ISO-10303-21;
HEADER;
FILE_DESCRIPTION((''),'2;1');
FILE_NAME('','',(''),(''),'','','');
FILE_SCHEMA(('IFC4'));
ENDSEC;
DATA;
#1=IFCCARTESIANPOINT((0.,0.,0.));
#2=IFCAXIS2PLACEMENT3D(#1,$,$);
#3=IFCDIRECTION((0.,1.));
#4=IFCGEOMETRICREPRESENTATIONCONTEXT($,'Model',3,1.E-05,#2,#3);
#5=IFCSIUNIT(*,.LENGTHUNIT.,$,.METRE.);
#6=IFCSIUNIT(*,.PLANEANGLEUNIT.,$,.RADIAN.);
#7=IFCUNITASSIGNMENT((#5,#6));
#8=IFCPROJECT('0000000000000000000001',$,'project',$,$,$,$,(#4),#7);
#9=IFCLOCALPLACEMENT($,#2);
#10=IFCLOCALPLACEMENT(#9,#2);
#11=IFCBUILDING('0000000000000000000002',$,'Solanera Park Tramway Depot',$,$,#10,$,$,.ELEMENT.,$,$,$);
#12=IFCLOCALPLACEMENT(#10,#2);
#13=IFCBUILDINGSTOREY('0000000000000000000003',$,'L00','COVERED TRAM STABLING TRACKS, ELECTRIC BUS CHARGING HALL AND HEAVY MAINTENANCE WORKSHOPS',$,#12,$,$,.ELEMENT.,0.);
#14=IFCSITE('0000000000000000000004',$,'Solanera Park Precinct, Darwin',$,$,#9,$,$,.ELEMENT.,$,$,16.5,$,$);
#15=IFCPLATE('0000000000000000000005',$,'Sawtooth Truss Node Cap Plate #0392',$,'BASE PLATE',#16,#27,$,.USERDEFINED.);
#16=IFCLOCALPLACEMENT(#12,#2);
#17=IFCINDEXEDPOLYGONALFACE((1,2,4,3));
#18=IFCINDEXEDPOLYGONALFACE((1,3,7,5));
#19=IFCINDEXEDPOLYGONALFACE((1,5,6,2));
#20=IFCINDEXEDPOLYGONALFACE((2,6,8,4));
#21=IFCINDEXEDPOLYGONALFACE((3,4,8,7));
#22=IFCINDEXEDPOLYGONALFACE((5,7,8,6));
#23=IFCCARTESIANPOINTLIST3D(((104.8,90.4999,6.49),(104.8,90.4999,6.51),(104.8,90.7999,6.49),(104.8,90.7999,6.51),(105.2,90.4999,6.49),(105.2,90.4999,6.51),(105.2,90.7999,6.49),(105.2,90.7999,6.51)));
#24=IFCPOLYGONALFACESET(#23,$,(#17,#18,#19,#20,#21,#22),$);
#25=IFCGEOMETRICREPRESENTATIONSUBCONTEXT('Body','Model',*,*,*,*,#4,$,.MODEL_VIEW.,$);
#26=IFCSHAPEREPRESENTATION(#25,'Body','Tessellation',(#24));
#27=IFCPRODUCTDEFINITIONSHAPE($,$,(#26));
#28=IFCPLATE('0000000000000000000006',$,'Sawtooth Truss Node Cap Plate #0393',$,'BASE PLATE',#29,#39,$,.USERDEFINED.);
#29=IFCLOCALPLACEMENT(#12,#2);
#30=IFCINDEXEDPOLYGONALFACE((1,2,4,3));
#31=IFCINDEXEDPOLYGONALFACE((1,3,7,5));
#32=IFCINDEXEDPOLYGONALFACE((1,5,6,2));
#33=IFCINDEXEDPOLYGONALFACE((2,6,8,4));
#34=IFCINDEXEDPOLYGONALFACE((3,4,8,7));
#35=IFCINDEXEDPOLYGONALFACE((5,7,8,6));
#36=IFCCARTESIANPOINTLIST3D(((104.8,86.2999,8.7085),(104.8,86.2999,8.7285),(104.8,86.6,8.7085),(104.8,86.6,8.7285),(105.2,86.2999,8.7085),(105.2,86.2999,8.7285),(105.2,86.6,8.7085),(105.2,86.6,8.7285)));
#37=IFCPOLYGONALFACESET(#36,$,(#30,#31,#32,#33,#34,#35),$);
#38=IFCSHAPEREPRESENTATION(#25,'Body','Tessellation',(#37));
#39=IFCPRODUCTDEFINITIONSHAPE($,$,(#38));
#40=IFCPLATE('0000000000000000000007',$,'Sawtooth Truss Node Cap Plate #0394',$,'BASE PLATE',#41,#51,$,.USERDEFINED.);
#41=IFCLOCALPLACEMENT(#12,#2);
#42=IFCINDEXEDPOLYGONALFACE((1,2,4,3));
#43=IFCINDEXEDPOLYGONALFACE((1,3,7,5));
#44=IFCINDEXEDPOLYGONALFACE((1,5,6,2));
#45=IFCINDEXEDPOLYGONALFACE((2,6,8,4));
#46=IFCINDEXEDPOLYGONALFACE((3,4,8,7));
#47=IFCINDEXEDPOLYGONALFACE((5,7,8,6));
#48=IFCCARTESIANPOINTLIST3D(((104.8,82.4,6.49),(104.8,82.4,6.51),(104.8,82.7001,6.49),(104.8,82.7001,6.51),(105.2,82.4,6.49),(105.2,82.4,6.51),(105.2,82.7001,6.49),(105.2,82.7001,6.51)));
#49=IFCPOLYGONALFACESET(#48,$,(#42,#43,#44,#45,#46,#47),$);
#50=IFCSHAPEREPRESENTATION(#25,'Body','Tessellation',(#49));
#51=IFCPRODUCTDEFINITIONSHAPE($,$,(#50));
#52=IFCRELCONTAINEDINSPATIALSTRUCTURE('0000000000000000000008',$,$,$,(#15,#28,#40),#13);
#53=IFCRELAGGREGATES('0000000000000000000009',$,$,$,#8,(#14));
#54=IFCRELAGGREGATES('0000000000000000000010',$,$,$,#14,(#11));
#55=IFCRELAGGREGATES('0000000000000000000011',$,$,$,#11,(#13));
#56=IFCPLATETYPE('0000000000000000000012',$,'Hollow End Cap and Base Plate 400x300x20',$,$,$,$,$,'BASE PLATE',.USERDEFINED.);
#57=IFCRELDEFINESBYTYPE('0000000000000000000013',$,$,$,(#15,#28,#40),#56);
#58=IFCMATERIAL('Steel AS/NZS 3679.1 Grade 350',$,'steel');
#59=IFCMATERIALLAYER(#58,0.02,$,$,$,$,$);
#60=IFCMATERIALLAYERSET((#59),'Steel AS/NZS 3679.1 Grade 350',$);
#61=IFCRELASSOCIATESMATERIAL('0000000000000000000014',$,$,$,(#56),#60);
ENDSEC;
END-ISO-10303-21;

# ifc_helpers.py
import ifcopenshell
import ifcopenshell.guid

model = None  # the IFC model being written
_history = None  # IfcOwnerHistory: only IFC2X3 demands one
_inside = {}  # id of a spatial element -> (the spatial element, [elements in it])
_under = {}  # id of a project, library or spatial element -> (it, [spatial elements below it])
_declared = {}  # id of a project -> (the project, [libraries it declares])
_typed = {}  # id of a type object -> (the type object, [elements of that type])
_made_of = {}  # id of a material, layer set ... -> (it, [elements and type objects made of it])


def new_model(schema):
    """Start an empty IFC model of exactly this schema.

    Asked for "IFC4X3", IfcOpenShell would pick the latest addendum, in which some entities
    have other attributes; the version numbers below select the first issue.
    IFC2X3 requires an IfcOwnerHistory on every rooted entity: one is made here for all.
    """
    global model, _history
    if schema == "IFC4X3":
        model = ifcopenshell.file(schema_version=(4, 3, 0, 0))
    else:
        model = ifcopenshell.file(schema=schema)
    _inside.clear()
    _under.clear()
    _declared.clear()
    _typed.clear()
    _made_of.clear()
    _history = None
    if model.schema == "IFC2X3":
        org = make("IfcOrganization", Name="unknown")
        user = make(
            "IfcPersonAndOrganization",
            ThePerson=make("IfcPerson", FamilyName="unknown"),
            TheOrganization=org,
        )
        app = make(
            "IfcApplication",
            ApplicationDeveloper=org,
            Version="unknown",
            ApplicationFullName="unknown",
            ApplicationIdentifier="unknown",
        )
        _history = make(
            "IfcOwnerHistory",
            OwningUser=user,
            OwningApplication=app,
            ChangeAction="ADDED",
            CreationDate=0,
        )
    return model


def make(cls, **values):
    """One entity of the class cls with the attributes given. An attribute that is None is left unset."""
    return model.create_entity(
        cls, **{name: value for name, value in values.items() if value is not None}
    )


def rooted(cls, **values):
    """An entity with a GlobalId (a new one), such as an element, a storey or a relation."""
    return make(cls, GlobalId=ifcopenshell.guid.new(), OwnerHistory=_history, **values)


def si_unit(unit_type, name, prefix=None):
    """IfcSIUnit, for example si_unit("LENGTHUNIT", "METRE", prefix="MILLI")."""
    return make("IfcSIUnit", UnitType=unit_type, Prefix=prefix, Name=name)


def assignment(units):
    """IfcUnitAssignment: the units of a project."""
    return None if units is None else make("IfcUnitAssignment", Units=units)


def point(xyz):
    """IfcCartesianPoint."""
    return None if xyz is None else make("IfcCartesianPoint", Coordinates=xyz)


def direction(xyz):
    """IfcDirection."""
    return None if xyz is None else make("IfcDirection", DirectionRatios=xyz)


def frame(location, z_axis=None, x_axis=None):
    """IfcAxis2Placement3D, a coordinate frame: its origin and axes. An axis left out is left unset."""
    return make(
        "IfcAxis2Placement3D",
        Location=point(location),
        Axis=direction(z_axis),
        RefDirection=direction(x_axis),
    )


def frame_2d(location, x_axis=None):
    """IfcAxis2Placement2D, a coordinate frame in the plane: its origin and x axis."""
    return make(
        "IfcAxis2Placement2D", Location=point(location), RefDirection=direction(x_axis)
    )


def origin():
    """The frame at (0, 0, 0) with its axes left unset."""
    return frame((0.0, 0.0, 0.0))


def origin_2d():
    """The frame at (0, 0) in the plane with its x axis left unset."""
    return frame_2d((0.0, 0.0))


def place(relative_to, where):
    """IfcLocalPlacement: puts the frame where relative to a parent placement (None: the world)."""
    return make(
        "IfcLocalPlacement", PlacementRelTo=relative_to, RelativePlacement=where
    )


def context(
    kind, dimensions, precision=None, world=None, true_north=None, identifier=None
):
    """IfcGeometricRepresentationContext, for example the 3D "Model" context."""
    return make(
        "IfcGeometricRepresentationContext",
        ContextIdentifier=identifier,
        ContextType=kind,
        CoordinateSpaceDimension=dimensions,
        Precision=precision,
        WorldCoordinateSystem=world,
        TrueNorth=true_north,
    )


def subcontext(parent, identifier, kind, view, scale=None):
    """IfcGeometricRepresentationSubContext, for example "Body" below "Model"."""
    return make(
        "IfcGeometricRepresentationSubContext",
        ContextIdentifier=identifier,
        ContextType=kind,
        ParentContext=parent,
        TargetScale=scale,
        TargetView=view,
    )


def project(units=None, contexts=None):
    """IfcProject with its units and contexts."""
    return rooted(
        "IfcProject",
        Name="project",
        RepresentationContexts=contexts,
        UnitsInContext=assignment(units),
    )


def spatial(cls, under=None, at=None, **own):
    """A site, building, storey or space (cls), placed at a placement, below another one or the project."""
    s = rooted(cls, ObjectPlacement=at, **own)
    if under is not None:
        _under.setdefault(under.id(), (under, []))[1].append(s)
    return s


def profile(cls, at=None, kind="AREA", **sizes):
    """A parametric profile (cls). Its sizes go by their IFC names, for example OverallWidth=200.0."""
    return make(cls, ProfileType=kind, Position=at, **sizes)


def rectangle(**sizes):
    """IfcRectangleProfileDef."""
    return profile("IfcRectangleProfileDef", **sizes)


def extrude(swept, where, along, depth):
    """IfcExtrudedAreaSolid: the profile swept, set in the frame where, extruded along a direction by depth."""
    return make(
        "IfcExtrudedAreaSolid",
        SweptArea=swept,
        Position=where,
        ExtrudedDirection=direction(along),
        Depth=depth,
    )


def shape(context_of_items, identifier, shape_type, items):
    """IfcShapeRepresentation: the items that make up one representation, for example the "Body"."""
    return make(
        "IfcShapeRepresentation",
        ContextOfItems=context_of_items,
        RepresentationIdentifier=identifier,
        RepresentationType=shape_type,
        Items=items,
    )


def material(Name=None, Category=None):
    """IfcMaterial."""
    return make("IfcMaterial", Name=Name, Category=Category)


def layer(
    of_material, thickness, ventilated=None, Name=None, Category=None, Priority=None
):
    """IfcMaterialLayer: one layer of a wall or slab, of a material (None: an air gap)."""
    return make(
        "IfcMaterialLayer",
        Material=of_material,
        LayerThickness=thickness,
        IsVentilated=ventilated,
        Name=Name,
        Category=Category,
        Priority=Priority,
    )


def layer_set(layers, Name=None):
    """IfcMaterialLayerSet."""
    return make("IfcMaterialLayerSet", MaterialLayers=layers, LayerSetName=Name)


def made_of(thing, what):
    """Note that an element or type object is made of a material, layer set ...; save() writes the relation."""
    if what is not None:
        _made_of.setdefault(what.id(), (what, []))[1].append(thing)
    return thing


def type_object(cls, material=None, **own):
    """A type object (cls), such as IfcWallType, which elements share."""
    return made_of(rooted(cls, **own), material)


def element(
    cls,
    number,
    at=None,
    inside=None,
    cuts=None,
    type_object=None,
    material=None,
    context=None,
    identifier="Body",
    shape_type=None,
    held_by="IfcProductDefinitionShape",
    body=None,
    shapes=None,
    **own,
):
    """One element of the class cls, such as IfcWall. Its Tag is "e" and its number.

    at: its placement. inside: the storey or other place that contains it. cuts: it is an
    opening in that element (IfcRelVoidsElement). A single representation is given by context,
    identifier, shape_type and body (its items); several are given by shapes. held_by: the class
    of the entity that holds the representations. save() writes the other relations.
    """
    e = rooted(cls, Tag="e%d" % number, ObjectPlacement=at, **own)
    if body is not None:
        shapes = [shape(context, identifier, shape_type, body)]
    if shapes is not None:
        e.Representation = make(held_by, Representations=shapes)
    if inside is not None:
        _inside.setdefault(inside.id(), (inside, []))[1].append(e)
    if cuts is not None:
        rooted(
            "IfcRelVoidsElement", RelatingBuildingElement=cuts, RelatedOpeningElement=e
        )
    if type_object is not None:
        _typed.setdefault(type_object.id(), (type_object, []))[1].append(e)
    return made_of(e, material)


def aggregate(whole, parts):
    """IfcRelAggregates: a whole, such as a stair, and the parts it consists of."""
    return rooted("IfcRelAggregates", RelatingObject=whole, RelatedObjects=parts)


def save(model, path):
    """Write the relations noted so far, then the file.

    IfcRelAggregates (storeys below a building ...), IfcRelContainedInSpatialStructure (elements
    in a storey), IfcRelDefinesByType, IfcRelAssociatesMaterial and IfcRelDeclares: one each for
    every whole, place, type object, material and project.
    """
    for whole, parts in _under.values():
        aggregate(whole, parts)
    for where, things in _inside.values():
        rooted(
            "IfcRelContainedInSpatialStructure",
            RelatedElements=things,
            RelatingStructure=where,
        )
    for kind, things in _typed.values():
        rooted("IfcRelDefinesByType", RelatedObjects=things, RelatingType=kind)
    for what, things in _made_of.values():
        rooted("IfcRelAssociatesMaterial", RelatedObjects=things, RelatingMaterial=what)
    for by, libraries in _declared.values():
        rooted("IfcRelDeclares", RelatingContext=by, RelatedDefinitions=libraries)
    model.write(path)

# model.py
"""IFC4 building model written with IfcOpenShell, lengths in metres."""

from ifc_helpers import new_model, si_unit, direction, frame, origin, origin_2d, place, context, subcontext, project, spatial, rectangle, extrude, material, layer, layer_set, type_object, element, save


model = new_model("IFC4")

# Units and contexts
model_context = context("Model", 3, precision=1e-05, world=origin(), true_north=direction((0.0, 1.0)))
body_context = subcontext(model_context, "Body", "Model", "MODEL_VIEW")
ifc_project = project(units=[si_unit("LENGTHUNIT", "METRE"), si_unit("PLANEANGLEUNIT", "RADIAN")], contexts=[model_context])

# Site, building, storey
site_placement = place(None, origin())
site = spatial("IfcSite", under=ifc_project, at=site_placement, Name="Solanera Park Precinct, Darwin", CompositionType="ELEMENT", RefElevation=16.5)
building_placement = place(site_placement, origin())
building = spatial("IfcBuilding", under=site, at=building_placement, Name="Solanera Park Tramway Depot", CompositionType="ELEMENT")
storey_placement = place(building_placement, origin())
storey = spatial("IfcBuildingStorey", under=building, at=storey_placement, Name="L00", Description="COVERED TRAM STABLING TRACKS, ELECTRIC BUS CHARGING HALL AND HEAVY MAINTENANCE WORKSHOPS", CompositionType="ELEMENT", Elevation=0.0)

# Plates
ifc_material_1 = material(Name="Steel AS/NZS 3679.1 Grade 350", Category="steel")
ifc_layer_1 = layer(ifc_material_1, 0.02)
ifc_layer_set_1 = layer_set([ifc_layer_1], Name="Steel AS/NZS 3679.1 Grade 350")
plate_type_1 = type_object("IfcPlateType", Name="Hollow End Cap and Base Plate 400x300x20", ElementType="BASE PLATE", PredefinedType="USERDEFINED", material=ifc_layer_set_1)
for number, where, z_axis, x_axis, name in (
    (1, (105.0, 90.6499, 6.49), (0.0, 0.0, 1.0), (1.0, 0.0, 0.0), "Sawtooth Truss Node Cap Plate #0392"),
    (2, (105.0, 86.45, 8.7085), (0.0, 0.0, 1.0), (1.0, 0.0, 0.0), "Sawtooth Truss Node Cap Plate #0393"),
    (3, (105.0, 82.55, 6.49), (0.0, 0.0, 1.0), (1.0, 0.0, 0.0), "Sawtooth Truss Node Cap Plate #0394"),
):
    element("IfcPlate", number, at=place(storey_placement, frame(where, z_axis=z_axis, x_axis=x_axis)), inside=storey, type_object=plate_type_1, Name=name, ObjectType="BASE PLATE", PredefinedType="USERDEFINED", context=body_context, shape_type="SweptSolid", body=[
        extrude(rectangle(XDim=0.3999, YDim=0.3, at=origin_2d()), origin(), (0.0, 0.0, 1.0), 0.02),
    ])

save(model, "model.ifc")
